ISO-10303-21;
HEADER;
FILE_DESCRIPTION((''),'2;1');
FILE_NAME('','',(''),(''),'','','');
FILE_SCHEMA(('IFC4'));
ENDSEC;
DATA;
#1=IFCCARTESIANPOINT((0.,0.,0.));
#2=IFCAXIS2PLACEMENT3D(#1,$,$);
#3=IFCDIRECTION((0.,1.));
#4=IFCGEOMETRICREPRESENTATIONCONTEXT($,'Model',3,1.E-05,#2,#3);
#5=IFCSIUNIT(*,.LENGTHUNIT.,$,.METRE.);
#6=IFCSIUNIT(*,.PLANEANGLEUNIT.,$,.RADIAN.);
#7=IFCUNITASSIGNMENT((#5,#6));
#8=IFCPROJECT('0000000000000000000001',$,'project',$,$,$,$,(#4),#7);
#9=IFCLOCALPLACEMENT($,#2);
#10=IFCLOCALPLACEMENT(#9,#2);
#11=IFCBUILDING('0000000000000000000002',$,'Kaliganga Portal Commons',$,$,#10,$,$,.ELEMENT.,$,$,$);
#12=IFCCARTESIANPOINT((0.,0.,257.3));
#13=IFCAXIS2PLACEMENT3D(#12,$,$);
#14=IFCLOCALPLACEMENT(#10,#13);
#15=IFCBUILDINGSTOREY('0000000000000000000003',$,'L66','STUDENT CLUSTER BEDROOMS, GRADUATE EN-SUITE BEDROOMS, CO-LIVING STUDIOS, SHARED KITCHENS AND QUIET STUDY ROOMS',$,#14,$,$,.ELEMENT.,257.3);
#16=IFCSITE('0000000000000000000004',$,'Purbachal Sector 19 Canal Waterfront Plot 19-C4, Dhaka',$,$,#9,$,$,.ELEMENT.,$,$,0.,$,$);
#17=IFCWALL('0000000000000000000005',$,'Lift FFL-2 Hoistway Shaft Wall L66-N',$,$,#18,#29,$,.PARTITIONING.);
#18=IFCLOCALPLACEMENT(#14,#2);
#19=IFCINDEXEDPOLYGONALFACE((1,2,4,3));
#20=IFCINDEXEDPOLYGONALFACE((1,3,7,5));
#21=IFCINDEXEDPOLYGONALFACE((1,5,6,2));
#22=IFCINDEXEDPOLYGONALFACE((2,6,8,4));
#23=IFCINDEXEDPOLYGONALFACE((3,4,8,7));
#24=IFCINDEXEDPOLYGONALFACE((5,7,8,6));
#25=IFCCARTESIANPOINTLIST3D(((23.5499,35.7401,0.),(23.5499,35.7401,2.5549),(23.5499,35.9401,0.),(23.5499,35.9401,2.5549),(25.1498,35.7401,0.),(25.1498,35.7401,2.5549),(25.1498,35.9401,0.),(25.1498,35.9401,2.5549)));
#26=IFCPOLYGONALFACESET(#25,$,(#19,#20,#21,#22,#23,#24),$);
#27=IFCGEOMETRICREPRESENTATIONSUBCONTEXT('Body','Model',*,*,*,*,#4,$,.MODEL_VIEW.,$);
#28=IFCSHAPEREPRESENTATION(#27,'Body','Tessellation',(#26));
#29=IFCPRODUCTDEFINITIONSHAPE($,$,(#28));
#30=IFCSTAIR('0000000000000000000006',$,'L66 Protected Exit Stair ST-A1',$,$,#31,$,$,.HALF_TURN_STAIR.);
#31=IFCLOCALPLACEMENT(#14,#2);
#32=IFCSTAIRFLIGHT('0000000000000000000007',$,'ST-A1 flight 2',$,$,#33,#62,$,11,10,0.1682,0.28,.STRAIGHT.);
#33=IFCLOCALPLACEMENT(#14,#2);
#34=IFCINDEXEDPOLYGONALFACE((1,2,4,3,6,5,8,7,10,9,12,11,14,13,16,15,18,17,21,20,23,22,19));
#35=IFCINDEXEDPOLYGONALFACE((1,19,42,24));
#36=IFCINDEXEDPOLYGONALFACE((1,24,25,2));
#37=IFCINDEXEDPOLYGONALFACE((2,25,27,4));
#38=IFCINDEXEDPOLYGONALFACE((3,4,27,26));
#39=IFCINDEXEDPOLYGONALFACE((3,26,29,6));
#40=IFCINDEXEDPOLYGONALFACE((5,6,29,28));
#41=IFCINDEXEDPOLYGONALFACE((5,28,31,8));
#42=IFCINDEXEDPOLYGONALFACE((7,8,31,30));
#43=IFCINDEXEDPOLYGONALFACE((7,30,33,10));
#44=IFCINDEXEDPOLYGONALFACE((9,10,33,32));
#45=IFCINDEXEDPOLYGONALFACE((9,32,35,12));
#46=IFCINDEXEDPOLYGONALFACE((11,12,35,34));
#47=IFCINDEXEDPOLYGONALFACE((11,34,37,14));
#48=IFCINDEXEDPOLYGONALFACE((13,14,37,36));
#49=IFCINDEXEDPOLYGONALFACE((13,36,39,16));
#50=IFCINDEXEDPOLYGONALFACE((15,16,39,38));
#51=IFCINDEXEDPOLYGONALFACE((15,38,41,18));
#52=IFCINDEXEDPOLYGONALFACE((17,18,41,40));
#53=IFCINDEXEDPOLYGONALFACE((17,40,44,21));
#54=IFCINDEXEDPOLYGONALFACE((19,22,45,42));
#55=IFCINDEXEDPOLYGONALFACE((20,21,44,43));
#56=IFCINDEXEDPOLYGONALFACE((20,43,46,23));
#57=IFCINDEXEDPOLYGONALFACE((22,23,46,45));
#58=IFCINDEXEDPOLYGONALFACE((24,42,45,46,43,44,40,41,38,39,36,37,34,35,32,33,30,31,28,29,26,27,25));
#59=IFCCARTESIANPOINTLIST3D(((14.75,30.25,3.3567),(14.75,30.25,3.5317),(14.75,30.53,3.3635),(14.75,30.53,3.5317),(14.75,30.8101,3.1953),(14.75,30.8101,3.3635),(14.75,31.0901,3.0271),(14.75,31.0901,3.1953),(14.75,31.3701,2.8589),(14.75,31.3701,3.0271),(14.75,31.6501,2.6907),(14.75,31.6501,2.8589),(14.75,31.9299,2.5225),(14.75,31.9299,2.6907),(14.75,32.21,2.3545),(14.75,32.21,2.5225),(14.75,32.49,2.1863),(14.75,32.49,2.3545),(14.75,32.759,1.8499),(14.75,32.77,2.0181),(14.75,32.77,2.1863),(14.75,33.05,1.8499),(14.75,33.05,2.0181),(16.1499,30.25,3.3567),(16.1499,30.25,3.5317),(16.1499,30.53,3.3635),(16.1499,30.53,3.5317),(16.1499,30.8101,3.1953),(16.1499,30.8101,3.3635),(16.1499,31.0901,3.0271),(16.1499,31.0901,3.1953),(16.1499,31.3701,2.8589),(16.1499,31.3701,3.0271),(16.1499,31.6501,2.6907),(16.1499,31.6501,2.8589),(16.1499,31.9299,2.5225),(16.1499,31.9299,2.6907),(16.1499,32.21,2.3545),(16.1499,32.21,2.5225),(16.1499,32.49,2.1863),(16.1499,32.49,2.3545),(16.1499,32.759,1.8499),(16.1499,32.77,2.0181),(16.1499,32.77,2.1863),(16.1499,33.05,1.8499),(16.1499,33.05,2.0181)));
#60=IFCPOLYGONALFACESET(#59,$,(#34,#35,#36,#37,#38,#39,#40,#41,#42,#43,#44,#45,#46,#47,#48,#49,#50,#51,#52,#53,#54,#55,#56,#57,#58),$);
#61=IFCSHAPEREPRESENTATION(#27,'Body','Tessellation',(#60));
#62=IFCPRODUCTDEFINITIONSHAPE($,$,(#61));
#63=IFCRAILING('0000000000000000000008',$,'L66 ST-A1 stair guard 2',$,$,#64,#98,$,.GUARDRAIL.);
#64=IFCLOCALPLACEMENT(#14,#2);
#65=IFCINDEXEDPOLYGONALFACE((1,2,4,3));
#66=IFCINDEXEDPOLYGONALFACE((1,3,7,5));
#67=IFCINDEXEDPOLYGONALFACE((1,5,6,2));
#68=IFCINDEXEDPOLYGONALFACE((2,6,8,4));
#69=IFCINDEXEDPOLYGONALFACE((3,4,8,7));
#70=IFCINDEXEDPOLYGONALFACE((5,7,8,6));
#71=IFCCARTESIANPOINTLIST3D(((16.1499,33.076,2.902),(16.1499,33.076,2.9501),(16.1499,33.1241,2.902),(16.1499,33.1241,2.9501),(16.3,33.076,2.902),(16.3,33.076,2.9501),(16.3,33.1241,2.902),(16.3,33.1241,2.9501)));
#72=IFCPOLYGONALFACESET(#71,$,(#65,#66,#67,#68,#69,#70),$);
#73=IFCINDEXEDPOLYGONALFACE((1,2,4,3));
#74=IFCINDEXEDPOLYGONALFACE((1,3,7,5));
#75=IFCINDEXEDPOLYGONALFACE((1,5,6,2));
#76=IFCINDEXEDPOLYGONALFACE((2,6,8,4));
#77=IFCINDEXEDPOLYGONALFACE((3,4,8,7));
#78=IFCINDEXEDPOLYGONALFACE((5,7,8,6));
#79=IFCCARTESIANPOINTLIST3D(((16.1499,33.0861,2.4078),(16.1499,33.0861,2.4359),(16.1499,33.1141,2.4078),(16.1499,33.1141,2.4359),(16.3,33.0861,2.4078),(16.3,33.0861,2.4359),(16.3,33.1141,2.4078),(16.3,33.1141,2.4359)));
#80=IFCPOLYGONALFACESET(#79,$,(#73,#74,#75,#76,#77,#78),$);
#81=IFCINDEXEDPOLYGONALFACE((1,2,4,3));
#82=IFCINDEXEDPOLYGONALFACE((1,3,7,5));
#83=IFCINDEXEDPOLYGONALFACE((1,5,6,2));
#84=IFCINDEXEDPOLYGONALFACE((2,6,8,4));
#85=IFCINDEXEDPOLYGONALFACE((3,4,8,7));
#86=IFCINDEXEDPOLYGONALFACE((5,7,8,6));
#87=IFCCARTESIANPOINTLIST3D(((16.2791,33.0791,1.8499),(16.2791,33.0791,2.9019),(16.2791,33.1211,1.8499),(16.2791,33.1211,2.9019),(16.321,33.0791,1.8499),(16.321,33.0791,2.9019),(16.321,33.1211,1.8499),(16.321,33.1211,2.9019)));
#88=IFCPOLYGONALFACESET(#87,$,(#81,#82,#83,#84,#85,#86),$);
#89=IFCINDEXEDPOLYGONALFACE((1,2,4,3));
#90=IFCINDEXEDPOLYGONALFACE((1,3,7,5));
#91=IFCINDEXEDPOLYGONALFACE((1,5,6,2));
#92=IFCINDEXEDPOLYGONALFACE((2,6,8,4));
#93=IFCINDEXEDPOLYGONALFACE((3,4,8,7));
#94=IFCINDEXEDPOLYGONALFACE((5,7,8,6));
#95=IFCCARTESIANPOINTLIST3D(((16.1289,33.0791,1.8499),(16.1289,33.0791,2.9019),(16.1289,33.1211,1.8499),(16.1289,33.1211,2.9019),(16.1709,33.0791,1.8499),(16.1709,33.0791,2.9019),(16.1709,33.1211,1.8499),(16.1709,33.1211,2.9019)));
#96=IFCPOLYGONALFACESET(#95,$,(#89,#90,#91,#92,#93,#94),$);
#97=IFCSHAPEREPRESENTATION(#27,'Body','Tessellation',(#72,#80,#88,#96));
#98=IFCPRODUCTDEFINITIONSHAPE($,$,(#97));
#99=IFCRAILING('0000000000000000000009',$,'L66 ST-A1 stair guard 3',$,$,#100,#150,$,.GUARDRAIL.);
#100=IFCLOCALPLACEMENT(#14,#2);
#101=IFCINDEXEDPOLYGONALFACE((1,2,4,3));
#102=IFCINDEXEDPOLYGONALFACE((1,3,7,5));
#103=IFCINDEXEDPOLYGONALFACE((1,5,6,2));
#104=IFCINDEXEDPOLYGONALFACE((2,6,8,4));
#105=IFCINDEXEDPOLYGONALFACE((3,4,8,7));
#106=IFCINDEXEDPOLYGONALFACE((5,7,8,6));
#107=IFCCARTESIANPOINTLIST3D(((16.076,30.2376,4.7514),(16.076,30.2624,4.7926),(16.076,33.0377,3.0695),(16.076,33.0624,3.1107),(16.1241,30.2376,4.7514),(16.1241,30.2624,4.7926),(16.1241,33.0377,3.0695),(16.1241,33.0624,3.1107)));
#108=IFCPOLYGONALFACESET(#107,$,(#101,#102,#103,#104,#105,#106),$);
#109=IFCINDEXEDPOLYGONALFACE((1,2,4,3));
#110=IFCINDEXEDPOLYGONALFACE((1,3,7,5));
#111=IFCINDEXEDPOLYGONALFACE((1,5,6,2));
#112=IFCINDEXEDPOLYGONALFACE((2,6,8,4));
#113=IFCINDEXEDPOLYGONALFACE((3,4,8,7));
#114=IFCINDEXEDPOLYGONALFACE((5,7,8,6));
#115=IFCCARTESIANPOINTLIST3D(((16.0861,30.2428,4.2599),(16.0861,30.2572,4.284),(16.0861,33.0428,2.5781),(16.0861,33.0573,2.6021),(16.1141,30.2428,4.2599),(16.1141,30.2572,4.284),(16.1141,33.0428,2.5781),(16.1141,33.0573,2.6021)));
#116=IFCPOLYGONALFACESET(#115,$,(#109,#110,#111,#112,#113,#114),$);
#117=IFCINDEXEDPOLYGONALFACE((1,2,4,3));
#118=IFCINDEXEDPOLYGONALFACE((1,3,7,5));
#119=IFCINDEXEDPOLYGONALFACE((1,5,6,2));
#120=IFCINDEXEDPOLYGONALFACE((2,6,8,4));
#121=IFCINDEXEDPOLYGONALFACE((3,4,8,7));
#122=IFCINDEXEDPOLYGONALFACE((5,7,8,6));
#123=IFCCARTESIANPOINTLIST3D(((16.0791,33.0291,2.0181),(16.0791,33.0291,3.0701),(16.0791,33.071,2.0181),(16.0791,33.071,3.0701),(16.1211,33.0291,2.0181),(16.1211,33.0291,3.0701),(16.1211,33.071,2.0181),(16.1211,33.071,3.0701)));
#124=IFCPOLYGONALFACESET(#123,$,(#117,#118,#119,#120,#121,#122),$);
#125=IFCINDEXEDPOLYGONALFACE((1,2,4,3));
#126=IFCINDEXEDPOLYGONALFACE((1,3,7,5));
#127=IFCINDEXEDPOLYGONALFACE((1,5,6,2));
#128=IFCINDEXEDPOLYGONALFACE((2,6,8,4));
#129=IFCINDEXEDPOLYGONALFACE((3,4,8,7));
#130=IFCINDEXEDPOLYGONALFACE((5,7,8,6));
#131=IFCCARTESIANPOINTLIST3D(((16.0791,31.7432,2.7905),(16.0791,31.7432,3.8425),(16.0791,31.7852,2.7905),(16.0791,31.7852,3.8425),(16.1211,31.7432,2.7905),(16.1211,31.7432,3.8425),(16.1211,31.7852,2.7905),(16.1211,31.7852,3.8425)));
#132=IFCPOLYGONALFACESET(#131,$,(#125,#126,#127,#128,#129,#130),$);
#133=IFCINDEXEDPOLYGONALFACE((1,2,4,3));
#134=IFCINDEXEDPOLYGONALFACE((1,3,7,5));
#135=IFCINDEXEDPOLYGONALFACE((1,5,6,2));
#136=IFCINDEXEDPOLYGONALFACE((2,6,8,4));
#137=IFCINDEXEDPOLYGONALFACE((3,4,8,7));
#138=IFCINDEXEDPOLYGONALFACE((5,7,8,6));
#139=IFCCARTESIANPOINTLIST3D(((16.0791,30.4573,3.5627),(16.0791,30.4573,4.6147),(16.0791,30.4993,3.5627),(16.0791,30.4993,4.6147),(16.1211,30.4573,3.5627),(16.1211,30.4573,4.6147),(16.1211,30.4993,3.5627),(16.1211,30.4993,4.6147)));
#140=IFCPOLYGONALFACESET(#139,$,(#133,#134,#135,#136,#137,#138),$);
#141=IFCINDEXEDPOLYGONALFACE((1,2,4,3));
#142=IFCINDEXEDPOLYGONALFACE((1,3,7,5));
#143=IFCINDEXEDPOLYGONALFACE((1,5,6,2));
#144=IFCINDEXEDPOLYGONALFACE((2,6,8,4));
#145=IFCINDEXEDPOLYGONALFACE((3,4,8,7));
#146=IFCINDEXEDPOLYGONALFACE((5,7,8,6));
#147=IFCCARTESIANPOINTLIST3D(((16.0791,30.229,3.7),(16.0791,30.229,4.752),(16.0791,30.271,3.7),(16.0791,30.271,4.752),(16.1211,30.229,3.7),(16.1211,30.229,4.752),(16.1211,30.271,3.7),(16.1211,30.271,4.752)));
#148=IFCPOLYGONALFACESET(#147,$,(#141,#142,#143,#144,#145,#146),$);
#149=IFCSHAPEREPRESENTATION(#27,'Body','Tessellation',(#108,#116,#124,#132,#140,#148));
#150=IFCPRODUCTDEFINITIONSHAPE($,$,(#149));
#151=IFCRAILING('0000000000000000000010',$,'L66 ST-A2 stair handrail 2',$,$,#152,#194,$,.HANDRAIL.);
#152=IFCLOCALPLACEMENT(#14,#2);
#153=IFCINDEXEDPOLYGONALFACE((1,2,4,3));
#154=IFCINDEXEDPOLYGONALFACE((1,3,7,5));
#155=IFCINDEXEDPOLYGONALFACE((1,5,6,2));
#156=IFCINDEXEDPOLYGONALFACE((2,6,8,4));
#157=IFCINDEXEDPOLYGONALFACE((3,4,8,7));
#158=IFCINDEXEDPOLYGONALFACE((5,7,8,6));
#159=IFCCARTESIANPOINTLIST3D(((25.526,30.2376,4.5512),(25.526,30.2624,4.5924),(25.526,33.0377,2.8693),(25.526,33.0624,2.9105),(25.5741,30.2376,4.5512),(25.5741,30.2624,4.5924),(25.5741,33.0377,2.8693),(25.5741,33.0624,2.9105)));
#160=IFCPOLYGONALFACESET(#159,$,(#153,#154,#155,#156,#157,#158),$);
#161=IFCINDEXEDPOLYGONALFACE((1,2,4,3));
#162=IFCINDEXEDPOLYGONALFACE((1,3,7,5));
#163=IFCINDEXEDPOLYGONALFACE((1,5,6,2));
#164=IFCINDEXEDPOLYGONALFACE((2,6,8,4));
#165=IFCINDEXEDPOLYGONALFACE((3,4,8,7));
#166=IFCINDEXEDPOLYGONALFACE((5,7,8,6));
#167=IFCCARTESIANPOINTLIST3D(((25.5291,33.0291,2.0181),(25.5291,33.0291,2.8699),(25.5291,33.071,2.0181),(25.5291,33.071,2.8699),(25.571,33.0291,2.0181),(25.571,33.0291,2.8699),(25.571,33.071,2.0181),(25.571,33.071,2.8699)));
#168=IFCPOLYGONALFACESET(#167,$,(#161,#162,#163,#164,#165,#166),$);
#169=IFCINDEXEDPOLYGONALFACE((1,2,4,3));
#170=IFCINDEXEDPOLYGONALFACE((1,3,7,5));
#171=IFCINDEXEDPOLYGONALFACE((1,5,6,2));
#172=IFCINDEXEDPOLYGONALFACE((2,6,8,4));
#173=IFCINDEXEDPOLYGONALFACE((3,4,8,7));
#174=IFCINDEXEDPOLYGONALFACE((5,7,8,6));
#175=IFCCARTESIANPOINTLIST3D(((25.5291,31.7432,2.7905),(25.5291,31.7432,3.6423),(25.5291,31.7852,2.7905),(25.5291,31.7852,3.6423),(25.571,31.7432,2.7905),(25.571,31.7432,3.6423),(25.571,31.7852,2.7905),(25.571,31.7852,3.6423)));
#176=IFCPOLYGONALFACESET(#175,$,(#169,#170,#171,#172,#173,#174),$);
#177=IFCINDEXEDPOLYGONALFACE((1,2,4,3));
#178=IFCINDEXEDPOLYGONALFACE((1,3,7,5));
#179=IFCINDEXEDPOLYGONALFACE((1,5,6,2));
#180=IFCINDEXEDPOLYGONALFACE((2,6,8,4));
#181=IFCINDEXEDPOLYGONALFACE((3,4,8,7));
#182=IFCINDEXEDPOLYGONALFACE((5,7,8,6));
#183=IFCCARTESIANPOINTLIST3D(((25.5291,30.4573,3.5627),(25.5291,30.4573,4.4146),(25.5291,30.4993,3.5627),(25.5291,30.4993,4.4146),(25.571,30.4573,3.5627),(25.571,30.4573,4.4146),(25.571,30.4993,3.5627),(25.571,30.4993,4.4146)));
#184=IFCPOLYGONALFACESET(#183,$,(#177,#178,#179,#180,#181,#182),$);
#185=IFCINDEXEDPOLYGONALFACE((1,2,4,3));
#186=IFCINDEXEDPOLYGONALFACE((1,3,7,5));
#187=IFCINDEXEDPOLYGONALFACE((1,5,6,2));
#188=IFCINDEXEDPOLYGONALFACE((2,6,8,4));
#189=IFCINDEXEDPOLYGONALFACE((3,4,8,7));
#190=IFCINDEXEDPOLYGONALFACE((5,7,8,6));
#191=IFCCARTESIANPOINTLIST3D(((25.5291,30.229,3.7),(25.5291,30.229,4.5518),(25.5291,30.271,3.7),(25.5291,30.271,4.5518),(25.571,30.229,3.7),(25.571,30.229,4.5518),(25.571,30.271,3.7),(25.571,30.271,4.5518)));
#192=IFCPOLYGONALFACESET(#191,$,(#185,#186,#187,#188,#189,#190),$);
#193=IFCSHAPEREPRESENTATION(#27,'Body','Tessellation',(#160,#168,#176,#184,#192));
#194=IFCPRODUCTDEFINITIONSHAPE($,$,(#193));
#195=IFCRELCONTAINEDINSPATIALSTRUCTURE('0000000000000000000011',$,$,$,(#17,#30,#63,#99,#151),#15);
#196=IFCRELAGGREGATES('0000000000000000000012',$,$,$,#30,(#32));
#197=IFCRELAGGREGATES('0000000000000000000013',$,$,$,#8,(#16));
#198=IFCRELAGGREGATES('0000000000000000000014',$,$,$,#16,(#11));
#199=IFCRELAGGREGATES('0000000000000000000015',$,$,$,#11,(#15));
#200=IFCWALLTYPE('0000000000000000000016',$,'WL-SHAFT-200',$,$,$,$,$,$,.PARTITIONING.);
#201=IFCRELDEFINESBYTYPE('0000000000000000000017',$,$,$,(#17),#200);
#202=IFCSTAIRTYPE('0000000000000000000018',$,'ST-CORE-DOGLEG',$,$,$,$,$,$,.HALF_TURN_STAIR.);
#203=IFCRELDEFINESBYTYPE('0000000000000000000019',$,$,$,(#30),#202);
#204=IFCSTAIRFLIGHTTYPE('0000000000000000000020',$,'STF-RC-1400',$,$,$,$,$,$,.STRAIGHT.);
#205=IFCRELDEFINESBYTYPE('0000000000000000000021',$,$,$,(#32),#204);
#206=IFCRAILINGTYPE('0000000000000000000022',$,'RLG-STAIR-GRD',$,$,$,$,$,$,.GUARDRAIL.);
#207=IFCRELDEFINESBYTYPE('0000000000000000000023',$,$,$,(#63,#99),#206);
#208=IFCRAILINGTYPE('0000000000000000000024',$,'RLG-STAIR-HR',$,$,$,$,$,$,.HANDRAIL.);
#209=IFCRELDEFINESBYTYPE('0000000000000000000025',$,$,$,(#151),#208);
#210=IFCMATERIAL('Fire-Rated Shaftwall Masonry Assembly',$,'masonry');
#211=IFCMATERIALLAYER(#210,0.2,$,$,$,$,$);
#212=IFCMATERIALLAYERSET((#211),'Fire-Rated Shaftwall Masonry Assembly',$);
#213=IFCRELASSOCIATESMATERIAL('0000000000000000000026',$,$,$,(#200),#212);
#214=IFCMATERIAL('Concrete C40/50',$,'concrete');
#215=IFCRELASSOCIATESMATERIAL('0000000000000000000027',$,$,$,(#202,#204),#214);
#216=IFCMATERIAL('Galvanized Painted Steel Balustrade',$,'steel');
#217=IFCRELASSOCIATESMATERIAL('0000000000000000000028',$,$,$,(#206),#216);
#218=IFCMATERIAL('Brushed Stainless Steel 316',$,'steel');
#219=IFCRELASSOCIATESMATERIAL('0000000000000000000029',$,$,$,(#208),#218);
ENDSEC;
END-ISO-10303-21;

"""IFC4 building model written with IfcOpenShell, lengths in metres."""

from ifc_helpers import new_model, si_unit, direction, frame, frame_2d, origin, origin_2d, place, context, subcontext, project, spatial, polyline, rectangle, outline, extrude, material, layer, layer_set, type_object, element, aggregate, save


model = new_model("IFC4")

# Units and contexts
model_context = context("Model", 3, precision=1e-05, world=origin(), true_north=direction((0.0, 1.0)))
body_context = subcontext(model_context, "Body", "Model", "MODEL_VIEW")
ifc_project = project(units=[si_unit("LENGTHUNIT", "METRE"), si_unit("PLANEANGLEUNIT", "RADIAN")], contexts=[model_context])

# Site, building, storey
site_placement = place(None, origin())
site = spatial("IfcSite", under=ifc_project, at=site_placement, Name="Purbachal Sector 19 Canal Waterfront Plot 19-C4, Dhaka", CompositionType="ELEMENT", RefElevation=0.0)
building_placement = place(site_placement, origin())
building = spatial("IfcBuilding", under=site, at=building_placement, Name="Kaliganga Portal Commons", CompositionType="ELEMENT")
storey_placement = place(building_placement, frame((0.0, 0.0, 257.3)))
storey = spatial("IfcBuildingStorey", under=building, at=storey_placement, Name="L66", Description="STUDENT CLUSTER BEDROOMS, GRADUATE EN-SUITE BEDROOMS, CO-LIVING STUDIOS, SHARED KITCHENS AND QUIET STUDY ROOMS", CompositionType="ELEMENT", Elevation=257.3)

# Shared definitions
ifc_material_1 = material(Name="Fire-Rated Shaftwall Masonry Assembly", Category="masonry")
ifc_layer_1 = layer(ifc_material_1, 0.2)
ifc_layer_set_1 = layer_set([ifc_layer_1], Name="Fire-Rated Shaftwall Masonry Assembly")
wall_type_1 = type_object("IfcWallType", Name="WL-SHAFT-200", PredefinedType="PARTITIONING", material=ifc_layer_set_1)

# Wall
wall_1_placement = place(storey_placement, frame((23.55, 35.8401, 0.0), z_axis=(0.0, 0.0, 1.0), x_axis=(1.0, 0.0, 0.0)))
element("IfcWall", 1, at=wall_1_placement, inside=storey, type_object=wall_type_1, Name="Lift FFL-2 Hoistway Shaft Wall L66-N", PredefinedType="PARTITIONING", context=body_context, shape_type="SweptSolid", body=[
    extrude(rectangle(XDim=1.5999, YDim=0.2, at=frame_2d((0.7998, 0.0))), origin(), (0.0, 0.0, 1.0), 2.5549),
])

# Stair, stair flight
ifc_material_2 = material(Name="Concrete C40/50", Category="concrete")
stair_type = type_object("IfcStairType", Name="ST-CORE-DOGLEG", PredefinedType="HALF_TURN_STAIR", material=ifc_material_2)
stair_placement = place(storey_placement, origin())
stair = element("IfcStair", 2, at=stair_placement, inside=storey, type_object=stair_type, Name="L66 Protected Exit Stair ST-A1", PredefinedType="HALF_TURN_STAIR")
stair_flight_type = type_object("IfcStairFlightType", Name="STF-RC-1400", PredefinedType="STRAIGHT", material=ifc_material_2)
stair_flight_placement = place(storey_placement, frame((15.45, 33.05, 1.8499), z_axis=(0.0, 0.0, 1.0), x_axis=(0.0, -1.0, 0.0)))
stair_flight = element("IfcStairFlight", 3, at=stair_flight_placement, type_object=stair_flight_type, Name="ST-A1 flight 2", NumberOfRisers=11, NumberOfTreads=10, PredefinedType="STRAIGHT", RiserHeight=0.1682, TreadLength=0.28, context=body_context, shape_type="SweptSolid", body=[
    extrude(outline(polyline([(0.0, 0.0), (0.0, 0.1682), (0.28, 0.1682), (0.28, 0.3364), (0.5601, 0.3364), (0.5601, 0.5046), (0.8401, 0.5046), (0.8401, 0.6726), (1.1201, 0.6726), (1.1201, 0.8408), (1.3999, 0.8408), (1.3999, 1.009), (1.6799, 1.009), (1.6799, 1.1772), (1.96, 1.1772), (1.96, 1.3455), (2.24, 1.3455), (2.24, 1.5137), (2.52, 1.5137), (2.52, 1.6819), (2.8, 1.6819), (2.8, 1.8501), (2.8, 1.5068), (0.291, 0.0), (0.0, 0.0)])), frame((0.0, 0.7, 0.0), z_axis=(0.0, -1.0, 0.0), x_axis=(1.0, 0.0, 0.0)), (0.0, 0.0, 1.0), 1.3999),
])
aggregate(stair, [stair_flight])

# Railings
ifc_material_3 = material(Name="Galvanized Painted Steel Balustrade", Category="steel")
railing_type_1 = type_object("IfcRailingType", Name="RLG-STAIR-GRD", PredefinedType="GUARDRAIL", material=ifc_material_3)
railing_1_placement = place(storey_placement, frame((16.3, 33.1001, 1.8499)))
element("IfcRailing", 4, at=railing_1_placement, inside=storey, type_object=railing_type_1, Name="L66 ST-A1 stair guard 2", PredefinedType="GUARDRAIL", context=body_context, shape_type="SweptSolid", body=[
    extrude(rectangle(XDim=0.0481, YDim=0.0481, at=origin_2d()), frame((0.0, 0.0, 1.0762), z_axis=(-1.0, 0.0, 0.0), x_axis=(0.0, -1.0, 0.0)), (0.0, 0.0, 1.0), 0.1501),
    extrude(rectangle(XDim=0.0281, YDim=0.0281, at=origin_2d()), frame((0.0, 0.0, 0.572), z_axis=(-1.0, 0.0, 0.0), x_axis=(0.0, -1.0, 0.0)), (0.0, 0.0, 1.0), 0.1501),
    extrude(rectangle(XDim=0.042, YDim=0.042, at=origin_2d()), origin(), (0.0, 0.0, 1.0), 1.052),
    extrude(rectangle(XDim=0.042, YDim=0.042, at=origin_2d()), frame((-0.1501, 0.0, 0.0)), (0.0, 0.0, 1.0), 1.052),
])
railing_2_placement = place(storey_placement, frame((16.1001, 33.05, 2.0181)))
element("IfcRailing", 5, at=railing_2_placement, inside=storey, type_object=railing_type_1, Name="L66 ST-A1 stair guard 3", PredefinedType="GUARDRAIL", context=body_context, shape_type="SweptSolid", body=[
    extrude(rectangle(XDim=0.0481, YDim=0.0481, at=origin_2d()), frame((0.0, 0.0, 1.072), z_axis=(0.0, -0.857242, 0.514913), x_axis=(1.0, 0.0, 0.0)), (0.0, 0.0, 1.0), 3.2664),
    extrude(rectangle(XDim=0.0281, YDim=0.0281, at=origin_2d()), frame((0.0, 0.0, 0.572), z_axis=(0.0, -0.857242, 0.514913), x_axis=(1.0, 0.0, 0.0)), (0.0, 0.0, 1.0), 3.2664),
    extrude(rectangle(XDim=0.042, YDim=0.042, at=origin_2d()), origin(), (0.0, 0.0, 1.0), 1.052),
    extrude(rectangle(XDim=0.042, YDim=0.042, at=origin_2d()), frame((0.0, -1.2859, 0.7725)), (0.0, 0.0, 1.0), 1.052),
    extrude(rectangle(XDim=0.042, YDim=0.042, at=origin_2d()), frame((0.0, -2.5718, 1.5447)), (0.0, 0.0, 1.0), 1.052),
    extrude(rectangle(XDim=0.042, YDim=0.042, at=origin_2d()), frame((0.0, -2.8, 1.6819)), (0.0, 0.0, 1.0), 1.052),
])
ifc_material_4 = material(Name="Brushed Stainless Steel 316", Category="steel")
railing_type_2 = type_object("IfcRailingType", Name="RLG-STAIR-HR", PredefinedType="HANDRAIL", material=ifc_material_4)
railing_3_placement = place(storey_placement, frame((25.55, 33.05, 2.0181)))
element("IfcRailing", 6, at=railing_3_placement, inside=storey, type_object=railing_type_2, Name="L66 ST-A2 stair handrail 2", PredefinedType="HANDRAIL", context=body_context, shape_type="SweptSolid", body=[
    extrude(rectangle(XDim=0.0481, YDim=0.0481, at=origin_2d()), frame((0.0, 0.0, 0.8718), z_axis=(0.0, -0.857242, 0.514913), x_axis=(1.0, 0.0, 0.0)), (0.0, 0.0, 1.0), 3.2664),
    extrude(rectangle(XDim=0.042, YDim=0.042, at=origin_2d()), origin(), (0.0, 0.0, 1.0), 0.8518),
    extrude(rectangle(XDim=0.042, YDim=0.042, at=origin_2d()), frame((0.0, -1.2859, 0.7725)), (0.0, 0.0, 1.0), 0.8518),
    extrude(rectangle(XDim=0.042, YDim=0.042, at=origin_2d()), frame((0.0, -2.5718, 1.5447)), (0.0, 0.0, 1.0), 0.8518),
    extrude(rectangle(XDim=0.042, YDim=0.042, at=origin_2d()), frame((0.0, -2.8, 1.6819)), (0.0, 0.0, 1.0), 0.8518),
])

save(model, "model.ifc")
